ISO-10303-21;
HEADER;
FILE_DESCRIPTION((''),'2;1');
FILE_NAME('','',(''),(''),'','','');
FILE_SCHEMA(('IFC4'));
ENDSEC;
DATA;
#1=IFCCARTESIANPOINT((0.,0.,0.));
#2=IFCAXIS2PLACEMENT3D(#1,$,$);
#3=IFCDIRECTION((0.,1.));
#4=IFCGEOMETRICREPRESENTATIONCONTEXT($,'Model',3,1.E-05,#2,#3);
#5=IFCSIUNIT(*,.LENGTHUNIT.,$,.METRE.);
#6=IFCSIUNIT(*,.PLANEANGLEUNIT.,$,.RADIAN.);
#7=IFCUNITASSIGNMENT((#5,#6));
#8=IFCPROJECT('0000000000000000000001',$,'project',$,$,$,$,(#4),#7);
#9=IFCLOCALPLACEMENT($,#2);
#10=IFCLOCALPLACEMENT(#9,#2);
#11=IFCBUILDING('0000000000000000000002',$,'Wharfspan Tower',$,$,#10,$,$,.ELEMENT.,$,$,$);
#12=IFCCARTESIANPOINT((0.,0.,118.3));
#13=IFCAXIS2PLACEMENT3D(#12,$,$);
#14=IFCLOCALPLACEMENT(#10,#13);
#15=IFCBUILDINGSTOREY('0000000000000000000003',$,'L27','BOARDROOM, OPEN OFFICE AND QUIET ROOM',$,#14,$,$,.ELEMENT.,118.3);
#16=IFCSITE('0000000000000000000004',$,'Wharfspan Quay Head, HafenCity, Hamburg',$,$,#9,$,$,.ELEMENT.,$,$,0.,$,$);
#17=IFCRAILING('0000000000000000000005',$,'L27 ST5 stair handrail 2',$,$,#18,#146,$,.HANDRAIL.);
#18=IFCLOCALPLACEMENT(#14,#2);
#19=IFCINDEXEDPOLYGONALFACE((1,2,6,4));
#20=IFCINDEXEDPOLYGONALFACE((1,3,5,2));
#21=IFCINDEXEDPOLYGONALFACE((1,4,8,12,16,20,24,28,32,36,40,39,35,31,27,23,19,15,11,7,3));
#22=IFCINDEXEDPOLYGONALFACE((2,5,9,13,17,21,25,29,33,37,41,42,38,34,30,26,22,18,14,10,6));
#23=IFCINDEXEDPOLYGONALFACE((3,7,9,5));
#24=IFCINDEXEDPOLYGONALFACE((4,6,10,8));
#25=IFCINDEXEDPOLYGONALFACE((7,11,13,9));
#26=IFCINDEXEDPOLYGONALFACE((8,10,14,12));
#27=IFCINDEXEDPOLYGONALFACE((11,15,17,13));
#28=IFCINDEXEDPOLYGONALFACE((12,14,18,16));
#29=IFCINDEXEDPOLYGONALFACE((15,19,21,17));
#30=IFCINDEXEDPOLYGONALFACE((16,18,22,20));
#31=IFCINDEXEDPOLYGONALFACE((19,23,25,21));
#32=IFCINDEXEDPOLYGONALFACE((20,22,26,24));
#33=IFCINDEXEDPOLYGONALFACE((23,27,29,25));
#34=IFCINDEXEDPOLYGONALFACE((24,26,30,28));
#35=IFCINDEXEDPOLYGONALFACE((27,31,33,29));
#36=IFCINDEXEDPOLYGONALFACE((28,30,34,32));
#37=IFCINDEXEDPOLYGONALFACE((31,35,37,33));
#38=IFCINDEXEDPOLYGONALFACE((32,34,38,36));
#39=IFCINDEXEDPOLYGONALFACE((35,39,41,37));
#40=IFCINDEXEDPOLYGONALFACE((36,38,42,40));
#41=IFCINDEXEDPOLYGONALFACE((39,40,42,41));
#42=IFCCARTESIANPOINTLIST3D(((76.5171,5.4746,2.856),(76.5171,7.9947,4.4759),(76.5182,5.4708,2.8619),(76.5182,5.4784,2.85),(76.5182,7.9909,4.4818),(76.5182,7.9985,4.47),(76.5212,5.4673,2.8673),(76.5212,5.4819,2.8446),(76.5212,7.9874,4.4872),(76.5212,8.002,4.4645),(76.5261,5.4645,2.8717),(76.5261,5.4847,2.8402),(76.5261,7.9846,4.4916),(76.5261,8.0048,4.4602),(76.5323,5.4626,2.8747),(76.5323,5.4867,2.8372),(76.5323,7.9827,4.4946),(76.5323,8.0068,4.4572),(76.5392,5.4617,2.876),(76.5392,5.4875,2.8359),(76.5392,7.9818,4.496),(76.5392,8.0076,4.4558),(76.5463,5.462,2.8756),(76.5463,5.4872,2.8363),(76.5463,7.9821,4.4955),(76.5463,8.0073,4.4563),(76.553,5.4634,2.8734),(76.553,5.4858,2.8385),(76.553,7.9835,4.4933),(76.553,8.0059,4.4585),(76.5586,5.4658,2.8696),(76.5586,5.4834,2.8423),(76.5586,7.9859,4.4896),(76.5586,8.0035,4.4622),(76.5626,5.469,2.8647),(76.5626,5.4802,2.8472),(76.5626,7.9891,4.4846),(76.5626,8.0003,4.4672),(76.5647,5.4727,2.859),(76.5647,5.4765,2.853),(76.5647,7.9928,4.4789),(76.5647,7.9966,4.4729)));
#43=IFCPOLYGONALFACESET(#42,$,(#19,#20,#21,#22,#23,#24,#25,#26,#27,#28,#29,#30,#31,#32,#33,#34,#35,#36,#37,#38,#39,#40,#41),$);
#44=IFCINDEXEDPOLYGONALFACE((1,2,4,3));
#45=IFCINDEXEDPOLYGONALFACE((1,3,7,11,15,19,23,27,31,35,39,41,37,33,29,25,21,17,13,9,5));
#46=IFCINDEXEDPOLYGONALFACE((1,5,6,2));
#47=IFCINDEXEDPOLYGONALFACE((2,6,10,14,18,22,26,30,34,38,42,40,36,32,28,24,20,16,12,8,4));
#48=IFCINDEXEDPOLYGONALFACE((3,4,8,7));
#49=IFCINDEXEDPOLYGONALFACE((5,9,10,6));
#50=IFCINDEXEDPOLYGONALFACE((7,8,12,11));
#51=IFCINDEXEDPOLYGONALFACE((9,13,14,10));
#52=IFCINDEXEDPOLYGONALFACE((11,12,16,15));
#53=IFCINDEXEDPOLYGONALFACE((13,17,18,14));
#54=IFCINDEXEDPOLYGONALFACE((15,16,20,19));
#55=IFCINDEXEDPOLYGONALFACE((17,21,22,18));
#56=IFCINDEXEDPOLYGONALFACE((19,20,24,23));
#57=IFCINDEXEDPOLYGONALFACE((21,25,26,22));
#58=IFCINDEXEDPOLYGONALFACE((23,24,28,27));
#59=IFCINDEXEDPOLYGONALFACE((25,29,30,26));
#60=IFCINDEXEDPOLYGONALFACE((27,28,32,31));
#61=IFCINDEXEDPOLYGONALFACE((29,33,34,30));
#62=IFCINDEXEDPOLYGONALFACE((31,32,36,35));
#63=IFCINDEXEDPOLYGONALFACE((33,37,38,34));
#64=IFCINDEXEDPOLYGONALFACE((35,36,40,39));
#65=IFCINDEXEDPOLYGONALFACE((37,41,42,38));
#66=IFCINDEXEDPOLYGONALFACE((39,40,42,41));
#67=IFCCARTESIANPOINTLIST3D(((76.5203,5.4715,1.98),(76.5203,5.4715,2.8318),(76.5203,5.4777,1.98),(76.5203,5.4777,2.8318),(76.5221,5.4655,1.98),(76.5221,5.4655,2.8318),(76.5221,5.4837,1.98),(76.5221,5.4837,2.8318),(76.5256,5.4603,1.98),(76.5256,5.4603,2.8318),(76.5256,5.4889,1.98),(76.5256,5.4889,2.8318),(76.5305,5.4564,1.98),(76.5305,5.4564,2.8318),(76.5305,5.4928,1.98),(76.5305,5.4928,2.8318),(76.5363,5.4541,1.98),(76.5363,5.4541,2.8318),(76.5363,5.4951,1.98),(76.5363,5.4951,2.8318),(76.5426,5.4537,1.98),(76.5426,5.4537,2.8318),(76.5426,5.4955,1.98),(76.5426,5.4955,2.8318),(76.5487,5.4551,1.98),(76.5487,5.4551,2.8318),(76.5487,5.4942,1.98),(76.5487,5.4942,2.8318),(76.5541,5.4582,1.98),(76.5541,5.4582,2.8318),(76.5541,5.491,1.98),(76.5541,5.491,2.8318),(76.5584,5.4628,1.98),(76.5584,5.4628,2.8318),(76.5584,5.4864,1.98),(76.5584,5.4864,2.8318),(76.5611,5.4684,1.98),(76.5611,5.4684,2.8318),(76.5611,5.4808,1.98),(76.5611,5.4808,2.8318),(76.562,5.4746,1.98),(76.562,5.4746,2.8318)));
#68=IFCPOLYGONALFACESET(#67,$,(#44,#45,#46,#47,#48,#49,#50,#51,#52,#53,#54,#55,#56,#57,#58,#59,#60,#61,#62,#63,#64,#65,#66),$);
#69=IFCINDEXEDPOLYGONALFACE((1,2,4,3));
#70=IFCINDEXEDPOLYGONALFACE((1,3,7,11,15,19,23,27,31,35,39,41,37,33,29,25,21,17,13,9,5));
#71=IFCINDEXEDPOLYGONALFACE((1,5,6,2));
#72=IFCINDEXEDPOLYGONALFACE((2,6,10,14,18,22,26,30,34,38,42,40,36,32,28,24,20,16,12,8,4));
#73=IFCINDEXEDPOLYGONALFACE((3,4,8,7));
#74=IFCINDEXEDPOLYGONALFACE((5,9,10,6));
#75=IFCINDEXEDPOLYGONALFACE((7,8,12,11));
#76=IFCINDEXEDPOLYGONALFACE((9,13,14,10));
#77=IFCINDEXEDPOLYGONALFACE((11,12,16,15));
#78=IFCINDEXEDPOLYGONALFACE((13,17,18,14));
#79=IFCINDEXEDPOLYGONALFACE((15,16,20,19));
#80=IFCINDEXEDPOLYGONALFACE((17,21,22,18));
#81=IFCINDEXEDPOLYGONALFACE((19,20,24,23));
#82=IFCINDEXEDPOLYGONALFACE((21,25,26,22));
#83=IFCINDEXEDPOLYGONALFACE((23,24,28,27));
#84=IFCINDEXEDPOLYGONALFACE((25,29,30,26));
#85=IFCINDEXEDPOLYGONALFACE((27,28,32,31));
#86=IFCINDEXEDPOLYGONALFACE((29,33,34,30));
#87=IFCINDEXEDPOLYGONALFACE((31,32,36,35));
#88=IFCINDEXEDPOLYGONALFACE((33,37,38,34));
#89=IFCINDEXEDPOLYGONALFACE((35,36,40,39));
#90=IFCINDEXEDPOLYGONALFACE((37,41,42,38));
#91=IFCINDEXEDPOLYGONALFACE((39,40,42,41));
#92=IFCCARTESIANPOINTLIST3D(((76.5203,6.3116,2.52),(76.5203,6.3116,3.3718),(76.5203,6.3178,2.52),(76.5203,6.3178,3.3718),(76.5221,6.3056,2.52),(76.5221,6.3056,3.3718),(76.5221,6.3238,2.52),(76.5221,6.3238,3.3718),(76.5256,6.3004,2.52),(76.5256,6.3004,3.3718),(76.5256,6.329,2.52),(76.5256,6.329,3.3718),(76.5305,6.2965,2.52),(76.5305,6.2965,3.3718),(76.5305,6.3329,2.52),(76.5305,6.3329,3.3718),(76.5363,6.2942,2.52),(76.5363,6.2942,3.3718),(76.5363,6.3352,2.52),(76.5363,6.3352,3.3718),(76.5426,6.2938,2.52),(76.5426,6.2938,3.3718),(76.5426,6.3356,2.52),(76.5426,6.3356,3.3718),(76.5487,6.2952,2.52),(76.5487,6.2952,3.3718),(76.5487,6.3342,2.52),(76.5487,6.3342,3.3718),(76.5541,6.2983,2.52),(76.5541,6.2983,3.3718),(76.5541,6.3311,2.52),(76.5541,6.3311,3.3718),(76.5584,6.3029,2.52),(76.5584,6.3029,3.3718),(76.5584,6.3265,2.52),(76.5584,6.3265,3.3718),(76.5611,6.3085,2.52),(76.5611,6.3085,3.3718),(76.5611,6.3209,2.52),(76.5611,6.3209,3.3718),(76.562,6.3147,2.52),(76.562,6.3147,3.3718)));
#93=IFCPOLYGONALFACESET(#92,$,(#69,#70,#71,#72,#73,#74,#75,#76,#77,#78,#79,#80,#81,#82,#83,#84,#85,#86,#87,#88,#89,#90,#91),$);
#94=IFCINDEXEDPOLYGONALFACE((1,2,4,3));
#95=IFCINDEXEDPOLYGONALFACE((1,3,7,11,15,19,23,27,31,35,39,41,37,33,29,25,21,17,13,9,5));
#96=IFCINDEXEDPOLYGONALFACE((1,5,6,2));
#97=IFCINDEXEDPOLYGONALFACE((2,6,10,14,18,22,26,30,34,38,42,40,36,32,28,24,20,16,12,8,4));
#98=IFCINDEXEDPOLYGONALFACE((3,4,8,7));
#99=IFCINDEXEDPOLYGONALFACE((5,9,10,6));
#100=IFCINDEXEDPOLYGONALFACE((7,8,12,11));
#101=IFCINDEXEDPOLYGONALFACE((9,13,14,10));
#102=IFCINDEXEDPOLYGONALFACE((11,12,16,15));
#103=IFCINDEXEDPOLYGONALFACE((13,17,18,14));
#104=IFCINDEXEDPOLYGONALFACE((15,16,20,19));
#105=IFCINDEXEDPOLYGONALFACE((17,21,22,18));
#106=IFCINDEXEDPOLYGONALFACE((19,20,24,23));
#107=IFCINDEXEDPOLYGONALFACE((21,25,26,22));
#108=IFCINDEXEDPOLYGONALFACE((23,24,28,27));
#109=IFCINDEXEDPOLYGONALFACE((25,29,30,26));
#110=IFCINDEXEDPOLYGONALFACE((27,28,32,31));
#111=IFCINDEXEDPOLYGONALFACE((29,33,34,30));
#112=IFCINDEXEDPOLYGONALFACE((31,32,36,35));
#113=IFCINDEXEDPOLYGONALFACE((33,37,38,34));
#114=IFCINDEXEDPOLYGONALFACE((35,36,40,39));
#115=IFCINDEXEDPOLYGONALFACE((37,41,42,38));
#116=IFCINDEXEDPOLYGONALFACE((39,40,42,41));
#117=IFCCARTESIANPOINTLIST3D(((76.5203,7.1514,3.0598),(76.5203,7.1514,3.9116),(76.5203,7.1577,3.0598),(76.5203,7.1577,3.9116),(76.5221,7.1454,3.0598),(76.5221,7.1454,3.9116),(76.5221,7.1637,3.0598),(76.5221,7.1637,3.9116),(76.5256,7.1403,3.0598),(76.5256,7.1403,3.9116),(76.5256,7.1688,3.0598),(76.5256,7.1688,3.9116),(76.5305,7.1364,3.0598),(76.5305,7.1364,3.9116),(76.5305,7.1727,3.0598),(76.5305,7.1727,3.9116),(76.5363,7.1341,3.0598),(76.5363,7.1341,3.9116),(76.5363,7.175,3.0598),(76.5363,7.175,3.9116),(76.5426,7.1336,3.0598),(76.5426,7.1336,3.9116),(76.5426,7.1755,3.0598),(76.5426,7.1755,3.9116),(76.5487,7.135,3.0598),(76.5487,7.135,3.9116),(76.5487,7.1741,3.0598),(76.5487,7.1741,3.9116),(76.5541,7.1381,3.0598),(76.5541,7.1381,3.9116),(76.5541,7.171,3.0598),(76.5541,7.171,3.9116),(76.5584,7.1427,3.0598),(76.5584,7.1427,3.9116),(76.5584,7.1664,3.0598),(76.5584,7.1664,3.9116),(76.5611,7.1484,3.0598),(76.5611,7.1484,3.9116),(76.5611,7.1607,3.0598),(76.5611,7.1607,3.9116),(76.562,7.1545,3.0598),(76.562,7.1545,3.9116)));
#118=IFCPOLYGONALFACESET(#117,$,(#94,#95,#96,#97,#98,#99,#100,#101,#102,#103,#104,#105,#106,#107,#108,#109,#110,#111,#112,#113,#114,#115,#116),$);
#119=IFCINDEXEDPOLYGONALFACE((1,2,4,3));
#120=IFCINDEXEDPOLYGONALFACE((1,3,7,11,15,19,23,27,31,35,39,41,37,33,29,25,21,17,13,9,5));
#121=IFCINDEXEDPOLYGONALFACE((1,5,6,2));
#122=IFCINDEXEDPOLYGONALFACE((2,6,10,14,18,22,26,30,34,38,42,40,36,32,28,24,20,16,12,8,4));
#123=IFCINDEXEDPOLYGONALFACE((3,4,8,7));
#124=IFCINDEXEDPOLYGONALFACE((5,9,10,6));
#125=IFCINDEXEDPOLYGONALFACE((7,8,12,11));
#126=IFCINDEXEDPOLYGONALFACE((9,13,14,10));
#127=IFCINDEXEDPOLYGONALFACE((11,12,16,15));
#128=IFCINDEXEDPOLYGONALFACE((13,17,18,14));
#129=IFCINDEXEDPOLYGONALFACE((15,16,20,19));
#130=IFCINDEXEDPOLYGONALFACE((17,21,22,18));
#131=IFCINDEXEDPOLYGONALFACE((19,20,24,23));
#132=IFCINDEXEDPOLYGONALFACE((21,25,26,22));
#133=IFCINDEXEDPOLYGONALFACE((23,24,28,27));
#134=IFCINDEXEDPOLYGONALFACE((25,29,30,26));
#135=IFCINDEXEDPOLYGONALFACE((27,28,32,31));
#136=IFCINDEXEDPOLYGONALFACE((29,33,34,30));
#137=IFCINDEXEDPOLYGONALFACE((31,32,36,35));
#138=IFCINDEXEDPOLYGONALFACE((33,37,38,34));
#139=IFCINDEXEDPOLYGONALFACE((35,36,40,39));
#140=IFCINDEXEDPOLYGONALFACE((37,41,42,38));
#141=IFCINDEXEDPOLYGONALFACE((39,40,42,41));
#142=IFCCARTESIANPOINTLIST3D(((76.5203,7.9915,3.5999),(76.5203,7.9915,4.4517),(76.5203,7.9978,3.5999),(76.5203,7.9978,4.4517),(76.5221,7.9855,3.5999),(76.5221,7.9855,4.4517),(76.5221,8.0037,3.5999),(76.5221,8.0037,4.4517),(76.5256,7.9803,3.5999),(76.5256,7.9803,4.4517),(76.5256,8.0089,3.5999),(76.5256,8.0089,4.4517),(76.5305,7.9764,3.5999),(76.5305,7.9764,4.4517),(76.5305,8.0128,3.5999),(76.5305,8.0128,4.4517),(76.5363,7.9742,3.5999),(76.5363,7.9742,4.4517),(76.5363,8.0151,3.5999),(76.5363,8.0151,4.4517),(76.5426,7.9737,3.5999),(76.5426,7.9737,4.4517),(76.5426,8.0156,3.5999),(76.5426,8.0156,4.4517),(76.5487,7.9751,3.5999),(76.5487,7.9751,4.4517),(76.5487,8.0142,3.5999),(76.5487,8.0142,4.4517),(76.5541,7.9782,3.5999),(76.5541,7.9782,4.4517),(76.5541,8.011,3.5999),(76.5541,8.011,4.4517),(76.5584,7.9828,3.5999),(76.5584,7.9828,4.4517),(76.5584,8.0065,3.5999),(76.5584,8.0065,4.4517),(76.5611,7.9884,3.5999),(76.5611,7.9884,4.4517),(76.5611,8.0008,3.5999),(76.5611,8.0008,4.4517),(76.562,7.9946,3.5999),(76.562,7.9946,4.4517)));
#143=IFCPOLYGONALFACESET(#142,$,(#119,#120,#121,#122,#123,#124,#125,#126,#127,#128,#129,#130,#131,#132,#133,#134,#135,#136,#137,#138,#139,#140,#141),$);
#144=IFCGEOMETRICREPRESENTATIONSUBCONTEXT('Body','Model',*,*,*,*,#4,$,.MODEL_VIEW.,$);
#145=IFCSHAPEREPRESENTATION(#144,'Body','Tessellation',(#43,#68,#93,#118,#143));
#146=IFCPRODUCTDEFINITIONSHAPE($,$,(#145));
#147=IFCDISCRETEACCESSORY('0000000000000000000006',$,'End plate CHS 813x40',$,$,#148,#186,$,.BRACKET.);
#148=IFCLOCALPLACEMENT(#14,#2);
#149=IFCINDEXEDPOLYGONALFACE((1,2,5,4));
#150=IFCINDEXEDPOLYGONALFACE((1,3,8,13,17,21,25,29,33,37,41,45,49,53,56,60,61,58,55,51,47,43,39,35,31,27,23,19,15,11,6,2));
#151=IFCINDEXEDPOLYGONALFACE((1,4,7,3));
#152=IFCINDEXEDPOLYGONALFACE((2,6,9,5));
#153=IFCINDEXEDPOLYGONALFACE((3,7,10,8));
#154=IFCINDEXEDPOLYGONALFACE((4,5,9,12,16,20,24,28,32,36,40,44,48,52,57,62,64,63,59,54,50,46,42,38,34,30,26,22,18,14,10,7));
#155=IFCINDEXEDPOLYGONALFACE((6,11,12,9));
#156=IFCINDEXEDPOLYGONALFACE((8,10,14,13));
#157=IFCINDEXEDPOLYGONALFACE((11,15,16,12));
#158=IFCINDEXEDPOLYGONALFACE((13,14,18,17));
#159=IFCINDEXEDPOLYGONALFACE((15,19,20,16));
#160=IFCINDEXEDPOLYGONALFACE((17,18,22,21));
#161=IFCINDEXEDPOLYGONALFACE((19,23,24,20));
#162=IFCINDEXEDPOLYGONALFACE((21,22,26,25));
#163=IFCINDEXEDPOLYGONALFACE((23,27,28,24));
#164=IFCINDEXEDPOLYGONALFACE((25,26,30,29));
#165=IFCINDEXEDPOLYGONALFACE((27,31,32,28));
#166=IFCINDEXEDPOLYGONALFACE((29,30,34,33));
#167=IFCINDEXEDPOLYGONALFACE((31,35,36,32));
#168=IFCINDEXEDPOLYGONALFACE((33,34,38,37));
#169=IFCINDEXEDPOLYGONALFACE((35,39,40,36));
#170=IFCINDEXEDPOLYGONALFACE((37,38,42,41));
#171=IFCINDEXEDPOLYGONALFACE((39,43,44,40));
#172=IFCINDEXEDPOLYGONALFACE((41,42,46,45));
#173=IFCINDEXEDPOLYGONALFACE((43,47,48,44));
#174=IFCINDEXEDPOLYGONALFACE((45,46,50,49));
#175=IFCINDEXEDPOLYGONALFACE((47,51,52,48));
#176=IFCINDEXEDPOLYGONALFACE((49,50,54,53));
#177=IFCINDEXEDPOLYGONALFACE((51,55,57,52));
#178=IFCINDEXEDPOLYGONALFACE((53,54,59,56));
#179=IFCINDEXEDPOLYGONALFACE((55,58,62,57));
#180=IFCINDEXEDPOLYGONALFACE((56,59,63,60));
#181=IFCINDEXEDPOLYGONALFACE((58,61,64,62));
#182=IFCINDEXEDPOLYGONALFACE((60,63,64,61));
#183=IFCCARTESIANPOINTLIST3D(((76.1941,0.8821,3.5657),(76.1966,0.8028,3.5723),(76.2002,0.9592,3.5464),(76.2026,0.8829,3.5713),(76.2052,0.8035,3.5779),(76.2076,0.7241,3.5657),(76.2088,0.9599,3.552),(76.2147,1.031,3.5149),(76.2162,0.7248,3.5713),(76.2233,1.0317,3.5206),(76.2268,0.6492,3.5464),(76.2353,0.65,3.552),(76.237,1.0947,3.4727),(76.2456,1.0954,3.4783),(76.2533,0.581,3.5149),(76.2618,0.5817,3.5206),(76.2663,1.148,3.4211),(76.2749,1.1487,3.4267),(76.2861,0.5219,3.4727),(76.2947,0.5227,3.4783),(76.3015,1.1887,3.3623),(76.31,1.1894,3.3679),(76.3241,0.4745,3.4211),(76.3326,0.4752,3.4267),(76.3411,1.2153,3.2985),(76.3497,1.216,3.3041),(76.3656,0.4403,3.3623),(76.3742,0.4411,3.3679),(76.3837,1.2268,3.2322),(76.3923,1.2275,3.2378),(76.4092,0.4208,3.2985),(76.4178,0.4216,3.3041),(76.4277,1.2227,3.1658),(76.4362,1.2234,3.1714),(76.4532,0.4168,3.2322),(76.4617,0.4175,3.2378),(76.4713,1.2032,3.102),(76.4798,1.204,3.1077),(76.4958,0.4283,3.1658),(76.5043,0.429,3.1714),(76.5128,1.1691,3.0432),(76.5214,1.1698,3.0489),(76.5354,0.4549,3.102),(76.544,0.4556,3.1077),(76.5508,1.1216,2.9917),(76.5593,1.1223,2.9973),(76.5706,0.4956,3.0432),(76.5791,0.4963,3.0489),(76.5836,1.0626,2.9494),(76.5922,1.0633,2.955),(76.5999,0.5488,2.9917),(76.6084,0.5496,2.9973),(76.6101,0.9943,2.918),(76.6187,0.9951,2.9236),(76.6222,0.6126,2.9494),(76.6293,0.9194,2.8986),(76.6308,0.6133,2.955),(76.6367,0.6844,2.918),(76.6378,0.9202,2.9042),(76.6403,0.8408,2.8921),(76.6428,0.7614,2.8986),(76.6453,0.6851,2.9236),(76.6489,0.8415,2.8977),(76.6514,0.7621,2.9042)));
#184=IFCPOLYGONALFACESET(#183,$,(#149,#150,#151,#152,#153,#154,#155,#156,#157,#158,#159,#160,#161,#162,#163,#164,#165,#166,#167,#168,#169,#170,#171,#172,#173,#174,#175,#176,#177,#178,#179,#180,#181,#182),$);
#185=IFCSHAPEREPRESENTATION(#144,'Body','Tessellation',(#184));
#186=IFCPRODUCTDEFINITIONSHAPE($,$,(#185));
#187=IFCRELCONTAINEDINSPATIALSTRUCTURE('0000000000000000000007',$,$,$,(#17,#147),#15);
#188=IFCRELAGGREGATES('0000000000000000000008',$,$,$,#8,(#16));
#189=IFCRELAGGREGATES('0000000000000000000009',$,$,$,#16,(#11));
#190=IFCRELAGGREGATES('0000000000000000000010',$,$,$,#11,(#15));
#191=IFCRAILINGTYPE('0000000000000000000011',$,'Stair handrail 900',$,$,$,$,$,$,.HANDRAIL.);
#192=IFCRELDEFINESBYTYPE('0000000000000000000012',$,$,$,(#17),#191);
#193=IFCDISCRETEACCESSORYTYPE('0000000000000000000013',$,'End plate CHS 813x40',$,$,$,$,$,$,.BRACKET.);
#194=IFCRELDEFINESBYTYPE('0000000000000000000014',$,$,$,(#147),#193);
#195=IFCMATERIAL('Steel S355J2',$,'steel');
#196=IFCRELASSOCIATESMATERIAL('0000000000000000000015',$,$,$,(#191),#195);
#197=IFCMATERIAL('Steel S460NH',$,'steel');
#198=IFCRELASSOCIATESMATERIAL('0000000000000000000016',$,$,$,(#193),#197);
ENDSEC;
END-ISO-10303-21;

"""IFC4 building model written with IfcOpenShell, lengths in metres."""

from ifc_helpers import new_model, si_unit, direction, frame, origin, origin_2d, place, context, subcontext, project, spatial, circle, extrude, material, material_profile, profile_set, type_object, element, save


model = new_model("IFC4")

# Units and contexts
model_context = context("Model", 3, precision=1e-05, world=origin(), true_north=direction((0.0, 1.0)))
body_context = subcontext(model_context, "Body", "Model", "MODEL_VIEW")
ifc_project = project(units=[si_unit("LENGTHUNIT", "METRE"), si_unit("PLANEANGLEUNIT", "RADIAN")], contexts=[model_context])

# Site, building, storey
site_placement = place(None, origin())
site = spatial("IfcSite", under=ifc_project, at=site_placement, Name="Wharfspan Quay Head, HafenCity, Hamburg", CompositionType="ELEMENT", RefElevation=0.0)
building_placement = place(site_placement, origin())
building = spatial("IfcBuilding", under=site, at=building_placement, Name="Wharfspan Tower", CompositionType="ELEMENT")
storey_placement = place(building_placement, frame((0.0, 0.0, 118.3)))
storey = spatial("IfcBuildingStorey", under=building, at=storey_placement, Name="L27", Description="BOARDROOM, OPEN OFFICE AND QUIET ROOM", CompositionType="ELEMENT", Elevation=118.3)

# Shared definitions
ifc_material_1 = material(Name="Steel S355J2", Category="steel")

# Shared definitions
ifc_material_2 = material(Name="Steel S460NH", Category="steel")

# Railing
railing_type_1 = type_object("IfcRailingType", Name="Stair handrail 900", PredefinedType="HANDRAIL", material=ifc_material_1)
railing_1_placement = place(storey_placement, frame((76.541, 5.4746, 1.98)))
element("IfcRailing", 1, at=railing_1_placement, inside=storey, type_object=railing_type_1, Name="L27 ST5 stair handrail 2", PredefinedType="HANDRAIL", context=body_context, shape_type="SweptSolid", body=[
    extrude(circle(Radius=0.0239, at=origin_2d()), frame((0.0, 0.0, 0.876), z_axis=(0.0, 0.8412, 0.540725), x_axis=(-1.0, 0.0, 0.0)), (0.0, 0.0, 1.0), 2.9958),
    extrude(circle(Radius=0.021, at=origin_2d()), origin(), (0.0, 0.0, 1.0), 0.8518),
    extrude(circle(Radius=0.021, at=origin_2d()), frame((0.0, 0.8401, 0.54)), (0.0, 0.0, 1.0), 0.8518),
    extrude(circle(Radius=0.021, at=origin_2d()), frame((0.0, 1.6799, 1.0798)), (0.0, 0.0, 1.0), 0.8518),
    extrude(circle(Radius=0.021, at=origin_2d()), frame((0.0, 2.52, 1.6199)), (0.0, 0.0, 1.0), 0.8518),
])

# Discrete accessory
ifc_material_profile_1 = material_profile(ifc_material_2, circle(Radius=0.4065, at=origin_2d()))
ifc_profile_set_1 = profile_set([ifc_material_profile_1], Name="Steel S460NH")
discrete_accessory_type = type_object("IfcDiscreteAccessoryType", Name="End plate CHS 813x40", PredefinedType="BRACKET", material=ifc_profile_set_1)
discrete_accessory_1_placement = place(storey_placement, frame((76.4185, 0.8218, 3.2322), z_axis=(0.83357, 0.071449, 0.547774), x_axis=(-0.085401, 0.996343, 0.0)))
element("IfcDiscreteAccessory", 2, at=discrete_accessory_1_placement, inside=storey, type_object=discrete_accessory_type, Name="End plate CHS 813x40", PredefinedType="BRACKET", context=body_context, shape_type="SweptSolid", body=[
    extrude(circle(Radius=0.4065, at=origin_2d()), origin(), (0.0, 0.0, 1.0), 0.0103),
])

save(model, "model.ifc")
